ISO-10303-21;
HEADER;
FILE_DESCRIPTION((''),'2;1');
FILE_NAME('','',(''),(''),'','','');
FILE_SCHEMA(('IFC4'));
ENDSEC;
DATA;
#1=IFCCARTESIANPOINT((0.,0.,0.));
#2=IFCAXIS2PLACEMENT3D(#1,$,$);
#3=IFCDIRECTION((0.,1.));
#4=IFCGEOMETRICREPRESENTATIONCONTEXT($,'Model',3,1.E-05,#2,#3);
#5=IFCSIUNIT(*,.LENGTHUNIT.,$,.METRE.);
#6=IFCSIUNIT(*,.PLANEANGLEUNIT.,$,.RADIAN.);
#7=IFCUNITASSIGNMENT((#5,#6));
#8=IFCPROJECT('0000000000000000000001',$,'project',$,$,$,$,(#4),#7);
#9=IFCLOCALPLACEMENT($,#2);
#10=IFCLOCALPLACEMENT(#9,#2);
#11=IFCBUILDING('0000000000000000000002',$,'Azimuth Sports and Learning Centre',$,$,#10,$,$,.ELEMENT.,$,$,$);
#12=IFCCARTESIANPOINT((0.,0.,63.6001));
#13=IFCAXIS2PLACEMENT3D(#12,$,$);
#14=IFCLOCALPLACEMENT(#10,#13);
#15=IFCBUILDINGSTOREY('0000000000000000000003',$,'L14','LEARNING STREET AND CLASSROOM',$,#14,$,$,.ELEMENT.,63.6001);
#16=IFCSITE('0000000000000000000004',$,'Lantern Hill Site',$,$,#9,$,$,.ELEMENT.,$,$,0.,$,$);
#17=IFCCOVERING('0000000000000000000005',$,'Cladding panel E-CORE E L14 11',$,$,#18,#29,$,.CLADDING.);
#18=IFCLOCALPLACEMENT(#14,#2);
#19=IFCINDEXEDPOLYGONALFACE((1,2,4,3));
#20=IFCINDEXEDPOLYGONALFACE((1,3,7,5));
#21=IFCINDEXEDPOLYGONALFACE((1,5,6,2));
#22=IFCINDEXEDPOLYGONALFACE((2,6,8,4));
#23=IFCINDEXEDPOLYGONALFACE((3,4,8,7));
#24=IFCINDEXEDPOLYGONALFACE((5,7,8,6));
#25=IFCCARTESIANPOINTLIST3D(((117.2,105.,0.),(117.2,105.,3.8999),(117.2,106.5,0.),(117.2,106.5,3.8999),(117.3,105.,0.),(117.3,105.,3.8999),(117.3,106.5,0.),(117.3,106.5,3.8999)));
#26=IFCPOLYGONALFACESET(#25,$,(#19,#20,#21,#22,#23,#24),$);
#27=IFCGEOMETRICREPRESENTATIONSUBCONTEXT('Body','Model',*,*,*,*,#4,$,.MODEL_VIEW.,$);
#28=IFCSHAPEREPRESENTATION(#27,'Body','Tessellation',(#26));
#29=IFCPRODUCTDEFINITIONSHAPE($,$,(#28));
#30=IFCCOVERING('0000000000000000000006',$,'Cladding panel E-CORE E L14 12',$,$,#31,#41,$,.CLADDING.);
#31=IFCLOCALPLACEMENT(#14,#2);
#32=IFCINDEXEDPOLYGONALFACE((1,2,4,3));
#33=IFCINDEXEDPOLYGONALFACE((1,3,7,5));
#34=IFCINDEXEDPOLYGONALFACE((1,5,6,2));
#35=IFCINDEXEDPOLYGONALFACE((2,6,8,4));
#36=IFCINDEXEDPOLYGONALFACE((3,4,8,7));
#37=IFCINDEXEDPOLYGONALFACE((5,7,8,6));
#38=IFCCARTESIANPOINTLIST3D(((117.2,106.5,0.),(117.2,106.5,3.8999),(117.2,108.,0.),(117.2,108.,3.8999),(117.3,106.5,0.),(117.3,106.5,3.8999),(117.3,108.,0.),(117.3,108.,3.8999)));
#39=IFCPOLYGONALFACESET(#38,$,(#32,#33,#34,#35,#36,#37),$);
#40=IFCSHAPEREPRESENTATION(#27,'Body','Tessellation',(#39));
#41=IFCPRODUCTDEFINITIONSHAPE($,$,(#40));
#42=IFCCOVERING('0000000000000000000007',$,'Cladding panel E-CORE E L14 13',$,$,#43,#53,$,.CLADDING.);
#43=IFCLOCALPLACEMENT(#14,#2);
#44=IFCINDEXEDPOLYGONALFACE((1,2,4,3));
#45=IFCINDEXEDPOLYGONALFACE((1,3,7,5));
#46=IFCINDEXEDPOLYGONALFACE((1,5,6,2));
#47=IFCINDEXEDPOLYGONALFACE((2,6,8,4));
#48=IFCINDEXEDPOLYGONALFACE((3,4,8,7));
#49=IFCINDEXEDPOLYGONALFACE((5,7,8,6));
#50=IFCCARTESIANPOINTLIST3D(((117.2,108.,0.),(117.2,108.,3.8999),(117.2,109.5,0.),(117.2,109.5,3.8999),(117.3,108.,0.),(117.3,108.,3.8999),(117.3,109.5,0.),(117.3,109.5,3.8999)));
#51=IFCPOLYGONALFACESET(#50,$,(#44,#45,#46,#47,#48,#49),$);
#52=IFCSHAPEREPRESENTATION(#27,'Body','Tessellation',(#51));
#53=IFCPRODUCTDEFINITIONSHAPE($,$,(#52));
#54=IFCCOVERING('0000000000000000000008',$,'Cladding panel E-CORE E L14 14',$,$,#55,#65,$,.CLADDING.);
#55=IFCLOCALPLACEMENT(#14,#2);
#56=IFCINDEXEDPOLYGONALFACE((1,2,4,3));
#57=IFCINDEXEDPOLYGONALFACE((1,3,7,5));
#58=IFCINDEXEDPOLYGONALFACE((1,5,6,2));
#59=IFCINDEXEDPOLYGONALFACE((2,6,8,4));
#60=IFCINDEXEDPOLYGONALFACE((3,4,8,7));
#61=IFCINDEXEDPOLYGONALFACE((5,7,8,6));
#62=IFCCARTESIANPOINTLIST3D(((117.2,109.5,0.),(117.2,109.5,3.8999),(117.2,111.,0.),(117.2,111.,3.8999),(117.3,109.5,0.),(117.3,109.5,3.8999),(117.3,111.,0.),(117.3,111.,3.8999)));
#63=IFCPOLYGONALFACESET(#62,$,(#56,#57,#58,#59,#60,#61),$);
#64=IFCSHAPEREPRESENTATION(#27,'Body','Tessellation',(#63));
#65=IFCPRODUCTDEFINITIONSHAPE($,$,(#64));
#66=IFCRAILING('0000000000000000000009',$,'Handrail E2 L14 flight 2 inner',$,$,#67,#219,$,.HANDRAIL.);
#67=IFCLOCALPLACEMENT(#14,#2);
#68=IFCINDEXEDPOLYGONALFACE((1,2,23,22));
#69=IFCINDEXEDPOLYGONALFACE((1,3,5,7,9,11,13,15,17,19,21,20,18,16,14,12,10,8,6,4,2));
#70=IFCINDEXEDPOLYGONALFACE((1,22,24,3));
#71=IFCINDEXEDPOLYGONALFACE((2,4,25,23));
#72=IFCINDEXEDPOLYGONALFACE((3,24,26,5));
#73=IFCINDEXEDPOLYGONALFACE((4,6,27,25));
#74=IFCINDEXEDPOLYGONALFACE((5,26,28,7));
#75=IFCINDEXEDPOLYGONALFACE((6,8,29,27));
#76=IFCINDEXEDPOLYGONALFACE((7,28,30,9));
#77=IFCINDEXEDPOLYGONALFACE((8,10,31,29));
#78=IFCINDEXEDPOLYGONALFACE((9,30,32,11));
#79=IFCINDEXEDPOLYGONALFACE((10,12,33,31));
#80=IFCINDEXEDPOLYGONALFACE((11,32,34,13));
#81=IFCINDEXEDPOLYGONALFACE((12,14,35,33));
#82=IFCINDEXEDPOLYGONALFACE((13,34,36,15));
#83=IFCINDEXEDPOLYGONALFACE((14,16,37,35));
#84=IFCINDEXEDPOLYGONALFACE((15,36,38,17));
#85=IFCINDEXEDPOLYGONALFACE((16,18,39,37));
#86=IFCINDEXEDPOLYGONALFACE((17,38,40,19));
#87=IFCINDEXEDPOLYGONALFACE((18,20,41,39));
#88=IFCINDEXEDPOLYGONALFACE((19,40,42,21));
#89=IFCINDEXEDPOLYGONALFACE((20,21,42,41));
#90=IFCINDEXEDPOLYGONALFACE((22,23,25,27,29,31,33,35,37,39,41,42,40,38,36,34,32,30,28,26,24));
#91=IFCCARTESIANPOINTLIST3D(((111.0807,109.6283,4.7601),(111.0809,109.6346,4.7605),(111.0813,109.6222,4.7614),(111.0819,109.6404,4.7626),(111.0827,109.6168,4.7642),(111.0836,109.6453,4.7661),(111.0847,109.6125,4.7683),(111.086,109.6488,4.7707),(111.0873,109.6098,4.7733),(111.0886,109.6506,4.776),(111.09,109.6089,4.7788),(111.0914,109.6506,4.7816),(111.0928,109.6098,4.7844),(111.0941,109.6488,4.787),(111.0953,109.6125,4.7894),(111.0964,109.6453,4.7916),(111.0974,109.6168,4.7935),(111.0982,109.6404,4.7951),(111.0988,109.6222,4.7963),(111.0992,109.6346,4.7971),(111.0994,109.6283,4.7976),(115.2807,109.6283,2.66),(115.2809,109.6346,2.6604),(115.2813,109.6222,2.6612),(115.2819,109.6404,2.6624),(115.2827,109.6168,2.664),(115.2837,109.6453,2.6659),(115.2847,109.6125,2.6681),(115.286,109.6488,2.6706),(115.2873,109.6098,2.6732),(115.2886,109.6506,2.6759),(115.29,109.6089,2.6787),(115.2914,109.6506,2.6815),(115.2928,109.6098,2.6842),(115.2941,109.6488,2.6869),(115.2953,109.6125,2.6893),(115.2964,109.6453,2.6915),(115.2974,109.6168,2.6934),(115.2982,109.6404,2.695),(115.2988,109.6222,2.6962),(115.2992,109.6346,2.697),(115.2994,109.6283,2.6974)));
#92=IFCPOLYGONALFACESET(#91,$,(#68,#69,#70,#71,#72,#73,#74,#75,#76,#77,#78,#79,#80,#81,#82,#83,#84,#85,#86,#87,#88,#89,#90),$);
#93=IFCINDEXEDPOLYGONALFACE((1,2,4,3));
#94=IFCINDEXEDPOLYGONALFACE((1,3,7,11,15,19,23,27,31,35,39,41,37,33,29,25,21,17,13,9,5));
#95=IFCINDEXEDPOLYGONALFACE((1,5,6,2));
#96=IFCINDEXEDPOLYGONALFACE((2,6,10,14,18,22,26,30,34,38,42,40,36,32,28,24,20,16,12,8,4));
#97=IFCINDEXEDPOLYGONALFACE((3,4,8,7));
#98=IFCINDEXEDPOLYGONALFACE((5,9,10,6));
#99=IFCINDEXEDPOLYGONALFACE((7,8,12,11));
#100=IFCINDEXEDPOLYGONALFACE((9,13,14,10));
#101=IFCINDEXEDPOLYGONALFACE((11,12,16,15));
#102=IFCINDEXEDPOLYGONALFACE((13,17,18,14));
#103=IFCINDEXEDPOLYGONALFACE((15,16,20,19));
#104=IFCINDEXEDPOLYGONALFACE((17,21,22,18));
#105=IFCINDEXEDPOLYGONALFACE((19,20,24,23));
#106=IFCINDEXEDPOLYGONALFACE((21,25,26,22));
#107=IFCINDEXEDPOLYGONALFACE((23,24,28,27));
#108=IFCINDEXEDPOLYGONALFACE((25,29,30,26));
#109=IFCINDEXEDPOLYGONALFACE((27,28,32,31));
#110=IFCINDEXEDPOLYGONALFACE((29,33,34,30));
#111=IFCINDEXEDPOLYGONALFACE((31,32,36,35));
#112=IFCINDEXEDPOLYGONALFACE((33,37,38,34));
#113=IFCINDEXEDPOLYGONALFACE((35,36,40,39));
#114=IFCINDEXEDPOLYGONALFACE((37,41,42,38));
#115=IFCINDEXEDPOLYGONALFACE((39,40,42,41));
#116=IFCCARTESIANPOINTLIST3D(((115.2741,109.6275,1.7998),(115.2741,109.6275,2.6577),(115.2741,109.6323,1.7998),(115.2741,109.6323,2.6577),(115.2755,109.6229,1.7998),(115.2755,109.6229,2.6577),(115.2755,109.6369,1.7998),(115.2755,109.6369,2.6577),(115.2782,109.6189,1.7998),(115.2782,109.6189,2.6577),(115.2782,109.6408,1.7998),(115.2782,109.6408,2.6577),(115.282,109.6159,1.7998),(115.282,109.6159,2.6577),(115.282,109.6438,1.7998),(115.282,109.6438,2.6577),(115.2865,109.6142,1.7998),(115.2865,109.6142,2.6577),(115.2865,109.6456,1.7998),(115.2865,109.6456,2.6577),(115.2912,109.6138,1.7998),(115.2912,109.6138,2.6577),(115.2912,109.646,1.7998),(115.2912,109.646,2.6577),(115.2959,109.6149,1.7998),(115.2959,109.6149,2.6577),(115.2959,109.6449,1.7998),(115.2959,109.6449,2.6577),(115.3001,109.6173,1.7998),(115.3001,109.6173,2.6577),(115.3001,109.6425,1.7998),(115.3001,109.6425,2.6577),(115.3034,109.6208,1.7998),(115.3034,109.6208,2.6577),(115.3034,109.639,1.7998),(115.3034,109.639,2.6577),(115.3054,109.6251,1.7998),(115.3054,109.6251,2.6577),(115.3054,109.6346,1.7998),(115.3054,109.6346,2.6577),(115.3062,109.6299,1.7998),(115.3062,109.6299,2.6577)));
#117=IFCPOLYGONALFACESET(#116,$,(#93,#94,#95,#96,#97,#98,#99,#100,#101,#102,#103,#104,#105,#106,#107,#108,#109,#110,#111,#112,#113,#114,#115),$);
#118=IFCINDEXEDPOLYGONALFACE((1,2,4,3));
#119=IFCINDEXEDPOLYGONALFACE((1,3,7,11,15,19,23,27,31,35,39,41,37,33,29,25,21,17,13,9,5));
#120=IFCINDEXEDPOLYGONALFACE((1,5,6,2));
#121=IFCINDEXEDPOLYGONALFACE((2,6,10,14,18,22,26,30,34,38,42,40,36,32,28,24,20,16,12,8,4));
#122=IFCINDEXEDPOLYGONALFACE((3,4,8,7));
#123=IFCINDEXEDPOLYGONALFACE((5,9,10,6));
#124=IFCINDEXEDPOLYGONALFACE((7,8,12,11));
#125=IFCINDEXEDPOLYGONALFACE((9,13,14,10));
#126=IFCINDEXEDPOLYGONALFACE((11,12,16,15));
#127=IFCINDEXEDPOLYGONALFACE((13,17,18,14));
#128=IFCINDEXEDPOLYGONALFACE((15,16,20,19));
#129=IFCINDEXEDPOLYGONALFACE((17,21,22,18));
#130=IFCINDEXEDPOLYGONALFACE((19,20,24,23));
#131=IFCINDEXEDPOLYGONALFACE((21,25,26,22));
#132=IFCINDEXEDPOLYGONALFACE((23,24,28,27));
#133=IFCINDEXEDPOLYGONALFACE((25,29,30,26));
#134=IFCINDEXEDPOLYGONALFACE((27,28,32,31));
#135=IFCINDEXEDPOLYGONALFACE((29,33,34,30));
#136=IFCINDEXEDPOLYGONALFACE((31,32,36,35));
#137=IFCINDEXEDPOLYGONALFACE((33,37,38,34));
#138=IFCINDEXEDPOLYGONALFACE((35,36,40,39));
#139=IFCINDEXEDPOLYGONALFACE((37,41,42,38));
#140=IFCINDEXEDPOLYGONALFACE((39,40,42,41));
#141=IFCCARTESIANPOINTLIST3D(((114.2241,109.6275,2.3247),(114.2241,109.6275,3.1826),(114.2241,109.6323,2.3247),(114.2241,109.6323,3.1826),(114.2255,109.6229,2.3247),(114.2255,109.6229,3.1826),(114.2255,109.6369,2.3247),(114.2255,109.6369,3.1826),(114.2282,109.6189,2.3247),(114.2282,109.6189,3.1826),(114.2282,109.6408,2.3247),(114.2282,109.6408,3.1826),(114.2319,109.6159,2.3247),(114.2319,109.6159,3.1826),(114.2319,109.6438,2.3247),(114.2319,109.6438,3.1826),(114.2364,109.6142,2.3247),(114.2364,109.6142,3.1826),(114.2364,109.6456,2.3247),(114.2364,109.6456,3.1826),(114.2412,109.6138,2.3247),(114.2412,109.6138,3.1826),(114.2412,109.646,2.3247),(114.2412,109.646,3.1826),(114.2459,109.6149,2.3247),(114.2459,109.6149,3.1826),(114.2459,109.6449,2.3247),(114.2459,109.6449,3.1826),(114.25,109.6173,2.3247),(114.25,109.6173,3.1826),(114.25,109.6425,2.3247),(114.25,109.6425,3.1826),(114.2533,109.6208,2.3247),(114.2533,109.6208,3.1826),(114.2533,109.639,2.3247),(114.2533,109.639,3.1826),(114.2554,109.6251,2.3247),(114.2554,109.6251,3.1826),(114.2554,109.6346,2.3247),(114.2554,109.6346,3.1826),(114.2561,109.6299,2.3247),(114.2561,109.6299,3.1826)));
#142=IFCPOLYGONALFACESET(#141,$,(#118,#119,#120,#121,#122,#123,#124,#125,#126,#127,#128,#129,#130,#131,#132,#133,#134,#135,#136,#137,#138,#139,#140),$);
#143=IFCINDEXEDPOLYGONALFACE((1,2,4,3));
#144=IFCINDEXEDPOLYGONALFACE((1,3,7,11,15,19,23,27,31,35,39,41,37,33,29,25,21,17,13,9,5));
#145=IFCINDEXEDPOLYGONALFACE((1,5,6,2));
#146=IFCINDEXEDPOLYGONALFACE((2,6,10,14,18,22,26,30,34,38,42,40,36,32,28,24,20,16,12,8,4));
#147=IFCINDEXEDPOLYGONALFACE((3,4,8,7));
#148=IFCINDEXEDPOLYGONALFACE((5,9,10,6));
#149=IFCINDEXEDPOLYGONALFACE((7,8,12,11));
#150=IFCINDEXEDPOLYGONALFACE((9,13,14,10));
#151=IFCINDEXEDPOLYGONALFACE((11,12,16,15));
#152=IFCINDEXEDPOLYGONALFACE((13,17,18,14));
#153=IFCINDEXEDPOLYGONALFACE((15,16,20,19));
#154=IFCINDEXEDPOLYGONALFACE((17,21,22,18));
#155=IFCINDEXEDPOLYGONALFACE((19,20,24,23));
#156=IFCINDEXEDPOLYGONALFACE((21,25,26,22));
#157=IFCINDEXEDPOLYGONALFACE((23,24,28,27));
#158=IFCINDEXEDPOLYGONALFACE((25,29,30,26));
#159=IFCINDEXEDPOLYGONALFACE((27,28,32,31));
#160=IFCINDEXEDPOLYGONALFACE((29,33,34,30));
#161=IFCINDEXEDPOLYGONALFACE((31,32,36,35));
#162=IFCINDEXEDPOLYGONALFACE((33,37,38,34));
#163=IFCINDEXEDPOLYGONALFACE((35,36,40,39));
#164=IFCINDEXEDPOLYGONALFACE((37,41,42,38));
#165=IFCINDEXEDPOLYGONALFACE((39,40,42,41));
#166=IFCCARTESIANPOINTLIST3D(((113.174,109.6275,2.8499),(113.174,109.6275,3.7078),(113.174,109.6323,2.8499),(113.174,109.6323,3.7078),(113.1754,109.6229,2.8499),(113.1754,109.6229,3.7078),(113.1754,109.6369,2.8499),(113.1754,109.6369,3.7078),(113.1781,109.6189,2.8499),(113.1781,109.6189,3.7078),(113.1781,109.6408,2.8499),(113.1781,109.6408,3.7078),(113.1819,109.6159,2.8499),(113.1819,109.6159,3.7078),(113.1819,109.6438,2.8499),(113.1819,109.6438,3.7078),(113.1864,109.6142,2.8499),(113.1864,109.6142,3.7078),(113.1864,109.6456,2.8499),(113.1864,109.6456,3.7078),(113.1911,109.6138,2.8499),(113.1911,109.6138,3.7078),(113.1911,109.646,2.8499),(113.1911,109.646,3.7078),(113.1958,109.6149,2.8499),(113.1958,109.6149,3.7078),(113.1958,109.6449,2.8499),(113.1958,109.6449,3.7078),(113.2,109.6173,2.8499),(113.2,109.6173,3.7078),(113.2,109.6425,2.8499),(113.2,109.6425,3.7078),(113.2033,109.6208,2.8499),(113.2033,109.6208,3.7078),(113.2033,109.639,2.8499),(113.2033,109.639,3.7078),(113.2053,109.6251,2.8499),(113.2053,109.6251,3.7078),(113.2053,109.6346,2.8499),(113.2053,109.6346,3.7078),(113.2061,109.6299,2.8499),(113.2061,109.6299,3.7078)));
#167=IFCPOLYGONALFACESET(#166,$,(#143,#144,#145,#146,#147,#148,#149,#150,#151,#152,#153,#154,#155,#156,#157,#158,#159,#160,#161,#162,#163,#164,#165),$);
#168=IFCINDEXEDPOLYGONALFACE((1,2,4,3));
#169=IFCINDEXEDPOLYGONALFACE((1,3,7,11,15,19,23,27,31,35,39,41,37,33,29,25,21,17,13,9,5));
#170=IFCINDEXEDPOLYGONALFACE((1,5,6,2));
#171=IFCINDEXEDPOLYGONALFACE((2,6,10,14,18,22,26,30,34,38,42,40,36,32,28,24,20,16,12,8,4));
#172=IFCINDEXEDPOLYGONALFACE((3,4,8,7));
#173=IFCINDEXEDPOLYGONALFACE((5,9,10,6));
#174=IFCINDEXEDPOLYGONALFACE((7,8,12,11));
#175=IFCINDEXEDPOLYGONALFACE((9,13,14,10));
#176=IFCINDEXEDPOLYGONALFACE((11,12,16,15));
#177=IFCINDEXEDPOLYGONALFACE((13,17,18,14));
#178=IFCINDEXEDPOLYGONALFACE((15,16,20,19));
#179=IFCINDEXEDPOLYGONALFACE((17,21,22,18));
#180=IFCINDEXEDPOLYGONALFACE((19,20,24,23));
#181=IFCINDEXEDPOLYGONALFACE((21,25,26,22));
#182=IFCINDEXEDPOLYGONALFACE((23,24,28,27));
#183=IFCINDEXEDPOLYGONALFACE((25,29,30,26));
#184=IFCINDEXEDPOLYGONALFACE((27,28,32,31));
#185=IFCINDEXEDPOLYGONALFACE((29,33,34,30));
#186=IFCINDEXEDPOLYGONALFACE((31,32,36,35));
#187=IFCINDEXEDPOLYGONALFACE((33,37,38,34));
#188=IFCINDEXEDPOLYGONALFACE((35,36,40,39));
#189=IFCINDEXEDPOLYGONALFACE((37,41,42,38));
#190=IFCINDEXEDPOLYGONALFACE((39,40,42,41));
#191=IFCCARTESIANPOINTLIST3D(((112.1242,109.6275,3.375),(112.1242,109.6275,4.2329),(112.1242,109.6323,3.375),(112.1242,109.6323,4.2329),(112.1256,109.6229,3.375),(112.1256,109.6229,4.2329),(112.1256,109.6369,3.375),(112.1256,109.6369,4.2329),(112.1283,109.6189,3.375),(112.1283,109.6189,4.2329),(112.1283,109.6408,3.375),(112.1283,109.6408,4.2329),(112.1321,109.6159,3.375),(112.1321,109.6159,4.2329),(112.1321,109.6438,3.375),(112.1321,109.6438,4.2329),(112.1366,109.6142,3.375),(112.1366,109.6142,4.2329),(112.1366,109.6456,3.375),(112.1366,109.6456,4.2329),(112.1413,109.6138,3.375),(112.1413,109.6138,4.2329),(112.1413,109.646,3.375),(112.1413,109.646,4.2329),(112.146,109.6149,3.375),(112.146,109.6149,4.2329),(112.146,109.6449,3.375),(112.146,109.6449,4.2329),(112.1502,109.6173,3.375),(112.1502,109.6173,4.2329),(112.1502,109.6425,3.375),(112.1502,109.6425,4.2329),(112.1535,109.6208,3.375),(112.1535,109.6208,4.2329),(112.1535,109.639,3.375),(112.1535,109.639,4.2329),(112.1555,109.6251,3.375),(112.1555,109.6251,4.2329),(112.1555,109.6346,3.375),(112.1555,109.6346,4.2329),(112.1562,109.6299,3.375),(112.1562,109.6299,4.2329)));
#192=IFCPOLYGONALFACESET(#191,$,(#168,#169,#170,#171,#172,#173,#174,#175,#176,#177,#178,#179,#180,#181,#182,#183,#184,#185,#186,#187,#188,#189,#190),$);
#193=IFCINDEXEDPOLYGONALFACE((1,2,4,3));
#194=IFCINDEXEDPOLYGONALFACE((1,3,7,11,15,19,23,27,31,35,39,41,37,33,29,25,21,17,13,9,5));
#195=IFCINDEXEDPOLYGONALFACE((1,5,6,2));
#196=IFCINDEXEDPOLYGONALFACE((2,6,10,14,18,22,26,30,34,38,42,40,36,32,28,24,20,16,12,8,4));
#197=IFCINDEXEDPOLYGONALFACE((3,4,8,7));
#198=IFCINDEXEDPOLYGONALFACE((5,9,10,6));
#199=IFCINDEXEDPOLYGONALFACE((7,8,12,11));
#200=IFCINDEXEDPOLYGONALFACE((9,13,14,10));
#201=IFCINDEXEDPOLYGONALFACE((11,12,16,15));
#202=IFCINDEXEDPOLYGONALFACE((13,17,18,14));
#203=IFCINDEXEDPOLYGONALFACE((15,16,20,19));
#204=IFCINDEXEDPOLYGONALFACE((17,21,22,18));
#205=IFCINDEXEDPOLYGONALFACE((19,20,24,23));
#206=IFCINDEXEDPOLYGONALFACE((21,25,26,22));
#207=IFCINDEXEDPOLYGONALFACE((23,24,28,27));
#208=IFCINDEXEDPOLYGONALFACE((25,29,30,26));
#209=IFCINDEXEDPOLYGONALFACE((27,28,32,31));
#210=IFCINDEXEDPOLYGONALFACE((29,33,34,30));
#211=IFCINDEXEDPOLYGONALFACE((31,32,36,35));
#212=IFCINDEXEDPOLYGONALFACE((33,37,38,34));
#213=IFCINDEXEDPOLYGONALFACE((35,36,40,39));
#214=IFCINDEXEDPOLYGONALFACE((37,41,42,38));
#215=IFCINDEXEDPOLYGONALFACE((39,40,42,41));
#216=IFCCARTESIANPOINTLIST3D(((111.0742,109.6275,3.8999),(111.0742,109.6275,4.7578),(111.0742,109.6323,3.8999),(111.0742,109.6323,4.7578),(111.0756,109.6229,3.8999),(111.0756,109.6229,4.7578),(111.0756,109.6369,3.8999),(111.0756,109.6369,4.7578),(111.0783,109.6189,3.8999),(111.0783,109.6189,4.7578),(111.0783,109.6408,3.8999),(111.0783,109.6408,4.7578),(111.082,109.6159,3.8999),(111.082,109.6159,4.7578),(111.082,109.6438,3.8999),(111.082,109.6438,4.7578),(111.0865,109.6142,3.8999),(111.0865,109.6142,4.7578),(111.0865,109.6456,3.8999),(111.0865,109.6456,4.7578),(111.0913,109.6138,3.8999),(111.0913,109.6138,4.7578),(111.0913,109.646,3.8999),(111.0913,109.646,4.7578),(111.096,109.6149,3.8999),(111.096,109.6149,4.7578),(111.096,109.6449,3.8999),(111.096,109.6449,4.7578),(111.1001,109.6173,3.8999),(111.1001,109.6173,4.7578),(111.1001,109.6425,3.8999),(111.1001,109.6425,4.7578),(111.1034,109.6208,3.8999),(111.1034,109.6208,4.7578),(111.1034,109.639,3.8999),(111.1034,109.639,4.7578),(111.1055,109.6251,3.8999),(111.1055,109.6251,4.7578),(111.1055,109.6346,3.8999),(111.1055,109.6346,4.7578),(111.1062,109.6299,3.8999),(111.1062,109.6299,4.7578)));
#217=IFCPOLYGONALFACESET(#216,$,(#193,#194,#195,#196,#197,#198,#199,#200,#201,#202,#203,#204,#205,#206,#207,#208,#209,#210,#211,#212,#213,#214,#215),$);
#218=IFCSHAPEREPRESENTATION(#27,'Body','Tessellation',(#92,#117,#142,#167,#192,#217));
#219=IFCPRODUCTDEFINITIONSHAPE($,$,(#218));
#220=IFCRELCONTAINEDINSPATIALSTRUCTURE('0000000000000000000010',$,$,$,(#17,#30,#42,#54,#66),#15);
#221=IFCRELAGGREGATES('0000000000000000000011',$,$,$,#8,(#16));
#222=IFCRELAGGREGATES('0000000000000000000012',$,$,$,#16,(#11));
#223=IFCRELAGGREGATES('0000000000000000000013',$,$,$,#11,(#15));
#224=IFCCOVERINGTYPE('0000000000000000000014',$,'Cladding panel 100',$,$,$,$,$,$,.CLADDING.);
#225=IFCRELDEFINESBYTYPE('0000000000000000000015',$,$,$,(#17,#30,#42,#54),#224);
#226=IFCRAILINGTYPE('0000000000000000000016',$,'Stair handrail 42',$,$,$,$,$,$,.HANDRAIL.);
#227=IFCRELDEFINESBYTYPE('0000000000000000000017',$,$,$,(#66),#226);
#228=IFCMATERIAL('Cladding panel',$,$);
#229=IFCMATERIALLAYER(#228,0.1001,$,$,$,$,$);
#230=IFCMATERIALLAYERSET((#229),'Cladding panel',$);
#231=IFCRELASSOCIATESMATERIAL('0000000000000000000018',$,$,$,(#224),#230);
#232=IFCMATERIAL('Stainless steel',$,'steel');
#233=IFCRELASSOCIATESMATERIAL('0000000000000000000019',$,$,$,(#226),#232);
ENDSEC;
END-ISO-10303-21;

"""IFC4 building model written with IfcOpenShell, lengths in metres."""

from ifc_helpers import new_model, si_unit, direction, frame, origin, origin_2d, place, context, subcontext, project, spatial, rectangle, circle, extrude, material, layer, layer_set, type_object, element, save


model = new_model("IFC4")

# Units and contexts
model_context = context("Model", 3, precision=1e-05, world=origin(), true_north=direction((0.0, 1.0)))
body_context = subcontext(model_context, "Body", "Model", "MODEL_VIEW")
ifc_project = project(units=[si_unit("LENGTHUNIT", "METRE"), si_unit("PLANEANGLEUNIT", "RADIAN")], contexts=[model_context])

# Site, building, storey
site_placement = place(None, origin())
site = spatial("IfcSite", under=ifc_project, at=site_placement, Name="Lantern Hill Site", CompositionType="ELEMENT", RefElevation=0.0)
building_placement = place(site_placement, origin())
building = spatial("IfcBuilding", under=site, at=building_placement, Name="Azimuth Sports and Learning Centre", CompositionType="ELEMENT")
storey_placement = place(building_placement, frame((0.0, 0.0, 63.6001)))
storey = spatial("IfcBuildingStorey", under=building, at=storey_placement, Name="L14", Description="LEARNING STREET AND CLASSROOM", CompositionType="ELEMENT", Elevation=63.6001)

# Coverings
ifc_material_1 = material(Name="Cladding panel")
ifc_layer_1 = layer(ifc_material_1, 0.1001)
ifc_layer_set_1 = layer_set([ifc_layer_1], Name="Cladding panel")
covering_type = type_object("IfcCoveringType", Name="Cladding panel 100", PredefinedType="CLADDING", material=ifc_layer_set_1)
for number, where, z_axis, x_axis, name in (
    (1, (117.25, 105.75, 0.0), (0.0, 0.0, 1.0), (0.0, 1.0, 0.0), "Cladding panel E-CORE E L14 11"),
    (2, (117.25, 107.25, 0.0), (0.0, 0.0, 1.0), (0.0, 1.0, 0.0), "Cladding panel E-CORE E L14 12"),
    (3, (117.25, 108.75, 0.0), (0.0, 0.0, 1.0), (0.0, 1.0, 0.0), "Cladding panel E-CORE E L14 13"),
    (4, (117.25, 110.25, 0.0), (0.0, 0.0, 1.0), (0.0, 1.0, 0.0), "Cladding panel E-CORE E L14 14"),
):
    element("IfcCovering", number, at=place(storey_placement, frame(where, z_axis=z_axis, x_axis=x_axis)), inside=storey, type_object=covering_type, Name=name, PredefinedType="CLADDING", context=body_context, shape_type="SweptSolid", body=[
        extrude(rectangle(XDim=1.5, YDim=0.1001, at=origin_2d()), origin(), (0.0, 0.0, 1.0), 3.8999),
    ])

# Railing
ifc_material_2 = material(Name="Stainless steel", Category="steel")
railing_type = type_object("IfcRailingType", Name="Stair handrail 42", PredefinedType="HANDRAIL", material=ifc_material_2)
for number, where, name in (
    (5, (115.29, 109.6299, 1.7998), "Handrail E2 L14 flight 2 inner"),
):
    element("IfcRailing", number, at=place(storey_placement, frame(where)), inside=storey, type_object=railing_type, Name=name, PredefinedType="HANDRAIL", context=body_context, shape_type="SweptSolid", body=[
        extrude(circle(Radius=0.021, at=origin_2d()), frame((0.0, 0.0, 0.8789), z_axis=(-0.894417, 0.0, 0.447234), x_axis=(0.0, -1.0, 0.0)), (0.0, 0.0, 1.0), 4.6958),
        extrude(circle(Radius=0.0161, at=origin_2d()), origin(), (0.0, 0.0, 1.0), 0.8579),
        extrude(circle(Radius=0.0161, at=origin_2d()), frame((-1.05, 0.0, 0.5249)), (0.0, 0.0, 1.0), 0.8579),
        extrude(circle(Radius=0.0161, at=origin_2d()), frame((-2.1001, 0.0, 1.05)), (0.0, 0.0, 1.0), 0.8579),
        extrude(circle(Radius=0.0161, at=origin_2d()), frame((-3.1499, 0.0, 1.5752)), (0.0, 0.0, 1.0), 0.8579),
        extrude(circle(Radius=0.0161, at=origin_2d()), frame((-4.2, 0.0, 2.1001)), (0.0, 0.0, 1.0), 0.8579),
    ])

save(model, "model.ifc")
